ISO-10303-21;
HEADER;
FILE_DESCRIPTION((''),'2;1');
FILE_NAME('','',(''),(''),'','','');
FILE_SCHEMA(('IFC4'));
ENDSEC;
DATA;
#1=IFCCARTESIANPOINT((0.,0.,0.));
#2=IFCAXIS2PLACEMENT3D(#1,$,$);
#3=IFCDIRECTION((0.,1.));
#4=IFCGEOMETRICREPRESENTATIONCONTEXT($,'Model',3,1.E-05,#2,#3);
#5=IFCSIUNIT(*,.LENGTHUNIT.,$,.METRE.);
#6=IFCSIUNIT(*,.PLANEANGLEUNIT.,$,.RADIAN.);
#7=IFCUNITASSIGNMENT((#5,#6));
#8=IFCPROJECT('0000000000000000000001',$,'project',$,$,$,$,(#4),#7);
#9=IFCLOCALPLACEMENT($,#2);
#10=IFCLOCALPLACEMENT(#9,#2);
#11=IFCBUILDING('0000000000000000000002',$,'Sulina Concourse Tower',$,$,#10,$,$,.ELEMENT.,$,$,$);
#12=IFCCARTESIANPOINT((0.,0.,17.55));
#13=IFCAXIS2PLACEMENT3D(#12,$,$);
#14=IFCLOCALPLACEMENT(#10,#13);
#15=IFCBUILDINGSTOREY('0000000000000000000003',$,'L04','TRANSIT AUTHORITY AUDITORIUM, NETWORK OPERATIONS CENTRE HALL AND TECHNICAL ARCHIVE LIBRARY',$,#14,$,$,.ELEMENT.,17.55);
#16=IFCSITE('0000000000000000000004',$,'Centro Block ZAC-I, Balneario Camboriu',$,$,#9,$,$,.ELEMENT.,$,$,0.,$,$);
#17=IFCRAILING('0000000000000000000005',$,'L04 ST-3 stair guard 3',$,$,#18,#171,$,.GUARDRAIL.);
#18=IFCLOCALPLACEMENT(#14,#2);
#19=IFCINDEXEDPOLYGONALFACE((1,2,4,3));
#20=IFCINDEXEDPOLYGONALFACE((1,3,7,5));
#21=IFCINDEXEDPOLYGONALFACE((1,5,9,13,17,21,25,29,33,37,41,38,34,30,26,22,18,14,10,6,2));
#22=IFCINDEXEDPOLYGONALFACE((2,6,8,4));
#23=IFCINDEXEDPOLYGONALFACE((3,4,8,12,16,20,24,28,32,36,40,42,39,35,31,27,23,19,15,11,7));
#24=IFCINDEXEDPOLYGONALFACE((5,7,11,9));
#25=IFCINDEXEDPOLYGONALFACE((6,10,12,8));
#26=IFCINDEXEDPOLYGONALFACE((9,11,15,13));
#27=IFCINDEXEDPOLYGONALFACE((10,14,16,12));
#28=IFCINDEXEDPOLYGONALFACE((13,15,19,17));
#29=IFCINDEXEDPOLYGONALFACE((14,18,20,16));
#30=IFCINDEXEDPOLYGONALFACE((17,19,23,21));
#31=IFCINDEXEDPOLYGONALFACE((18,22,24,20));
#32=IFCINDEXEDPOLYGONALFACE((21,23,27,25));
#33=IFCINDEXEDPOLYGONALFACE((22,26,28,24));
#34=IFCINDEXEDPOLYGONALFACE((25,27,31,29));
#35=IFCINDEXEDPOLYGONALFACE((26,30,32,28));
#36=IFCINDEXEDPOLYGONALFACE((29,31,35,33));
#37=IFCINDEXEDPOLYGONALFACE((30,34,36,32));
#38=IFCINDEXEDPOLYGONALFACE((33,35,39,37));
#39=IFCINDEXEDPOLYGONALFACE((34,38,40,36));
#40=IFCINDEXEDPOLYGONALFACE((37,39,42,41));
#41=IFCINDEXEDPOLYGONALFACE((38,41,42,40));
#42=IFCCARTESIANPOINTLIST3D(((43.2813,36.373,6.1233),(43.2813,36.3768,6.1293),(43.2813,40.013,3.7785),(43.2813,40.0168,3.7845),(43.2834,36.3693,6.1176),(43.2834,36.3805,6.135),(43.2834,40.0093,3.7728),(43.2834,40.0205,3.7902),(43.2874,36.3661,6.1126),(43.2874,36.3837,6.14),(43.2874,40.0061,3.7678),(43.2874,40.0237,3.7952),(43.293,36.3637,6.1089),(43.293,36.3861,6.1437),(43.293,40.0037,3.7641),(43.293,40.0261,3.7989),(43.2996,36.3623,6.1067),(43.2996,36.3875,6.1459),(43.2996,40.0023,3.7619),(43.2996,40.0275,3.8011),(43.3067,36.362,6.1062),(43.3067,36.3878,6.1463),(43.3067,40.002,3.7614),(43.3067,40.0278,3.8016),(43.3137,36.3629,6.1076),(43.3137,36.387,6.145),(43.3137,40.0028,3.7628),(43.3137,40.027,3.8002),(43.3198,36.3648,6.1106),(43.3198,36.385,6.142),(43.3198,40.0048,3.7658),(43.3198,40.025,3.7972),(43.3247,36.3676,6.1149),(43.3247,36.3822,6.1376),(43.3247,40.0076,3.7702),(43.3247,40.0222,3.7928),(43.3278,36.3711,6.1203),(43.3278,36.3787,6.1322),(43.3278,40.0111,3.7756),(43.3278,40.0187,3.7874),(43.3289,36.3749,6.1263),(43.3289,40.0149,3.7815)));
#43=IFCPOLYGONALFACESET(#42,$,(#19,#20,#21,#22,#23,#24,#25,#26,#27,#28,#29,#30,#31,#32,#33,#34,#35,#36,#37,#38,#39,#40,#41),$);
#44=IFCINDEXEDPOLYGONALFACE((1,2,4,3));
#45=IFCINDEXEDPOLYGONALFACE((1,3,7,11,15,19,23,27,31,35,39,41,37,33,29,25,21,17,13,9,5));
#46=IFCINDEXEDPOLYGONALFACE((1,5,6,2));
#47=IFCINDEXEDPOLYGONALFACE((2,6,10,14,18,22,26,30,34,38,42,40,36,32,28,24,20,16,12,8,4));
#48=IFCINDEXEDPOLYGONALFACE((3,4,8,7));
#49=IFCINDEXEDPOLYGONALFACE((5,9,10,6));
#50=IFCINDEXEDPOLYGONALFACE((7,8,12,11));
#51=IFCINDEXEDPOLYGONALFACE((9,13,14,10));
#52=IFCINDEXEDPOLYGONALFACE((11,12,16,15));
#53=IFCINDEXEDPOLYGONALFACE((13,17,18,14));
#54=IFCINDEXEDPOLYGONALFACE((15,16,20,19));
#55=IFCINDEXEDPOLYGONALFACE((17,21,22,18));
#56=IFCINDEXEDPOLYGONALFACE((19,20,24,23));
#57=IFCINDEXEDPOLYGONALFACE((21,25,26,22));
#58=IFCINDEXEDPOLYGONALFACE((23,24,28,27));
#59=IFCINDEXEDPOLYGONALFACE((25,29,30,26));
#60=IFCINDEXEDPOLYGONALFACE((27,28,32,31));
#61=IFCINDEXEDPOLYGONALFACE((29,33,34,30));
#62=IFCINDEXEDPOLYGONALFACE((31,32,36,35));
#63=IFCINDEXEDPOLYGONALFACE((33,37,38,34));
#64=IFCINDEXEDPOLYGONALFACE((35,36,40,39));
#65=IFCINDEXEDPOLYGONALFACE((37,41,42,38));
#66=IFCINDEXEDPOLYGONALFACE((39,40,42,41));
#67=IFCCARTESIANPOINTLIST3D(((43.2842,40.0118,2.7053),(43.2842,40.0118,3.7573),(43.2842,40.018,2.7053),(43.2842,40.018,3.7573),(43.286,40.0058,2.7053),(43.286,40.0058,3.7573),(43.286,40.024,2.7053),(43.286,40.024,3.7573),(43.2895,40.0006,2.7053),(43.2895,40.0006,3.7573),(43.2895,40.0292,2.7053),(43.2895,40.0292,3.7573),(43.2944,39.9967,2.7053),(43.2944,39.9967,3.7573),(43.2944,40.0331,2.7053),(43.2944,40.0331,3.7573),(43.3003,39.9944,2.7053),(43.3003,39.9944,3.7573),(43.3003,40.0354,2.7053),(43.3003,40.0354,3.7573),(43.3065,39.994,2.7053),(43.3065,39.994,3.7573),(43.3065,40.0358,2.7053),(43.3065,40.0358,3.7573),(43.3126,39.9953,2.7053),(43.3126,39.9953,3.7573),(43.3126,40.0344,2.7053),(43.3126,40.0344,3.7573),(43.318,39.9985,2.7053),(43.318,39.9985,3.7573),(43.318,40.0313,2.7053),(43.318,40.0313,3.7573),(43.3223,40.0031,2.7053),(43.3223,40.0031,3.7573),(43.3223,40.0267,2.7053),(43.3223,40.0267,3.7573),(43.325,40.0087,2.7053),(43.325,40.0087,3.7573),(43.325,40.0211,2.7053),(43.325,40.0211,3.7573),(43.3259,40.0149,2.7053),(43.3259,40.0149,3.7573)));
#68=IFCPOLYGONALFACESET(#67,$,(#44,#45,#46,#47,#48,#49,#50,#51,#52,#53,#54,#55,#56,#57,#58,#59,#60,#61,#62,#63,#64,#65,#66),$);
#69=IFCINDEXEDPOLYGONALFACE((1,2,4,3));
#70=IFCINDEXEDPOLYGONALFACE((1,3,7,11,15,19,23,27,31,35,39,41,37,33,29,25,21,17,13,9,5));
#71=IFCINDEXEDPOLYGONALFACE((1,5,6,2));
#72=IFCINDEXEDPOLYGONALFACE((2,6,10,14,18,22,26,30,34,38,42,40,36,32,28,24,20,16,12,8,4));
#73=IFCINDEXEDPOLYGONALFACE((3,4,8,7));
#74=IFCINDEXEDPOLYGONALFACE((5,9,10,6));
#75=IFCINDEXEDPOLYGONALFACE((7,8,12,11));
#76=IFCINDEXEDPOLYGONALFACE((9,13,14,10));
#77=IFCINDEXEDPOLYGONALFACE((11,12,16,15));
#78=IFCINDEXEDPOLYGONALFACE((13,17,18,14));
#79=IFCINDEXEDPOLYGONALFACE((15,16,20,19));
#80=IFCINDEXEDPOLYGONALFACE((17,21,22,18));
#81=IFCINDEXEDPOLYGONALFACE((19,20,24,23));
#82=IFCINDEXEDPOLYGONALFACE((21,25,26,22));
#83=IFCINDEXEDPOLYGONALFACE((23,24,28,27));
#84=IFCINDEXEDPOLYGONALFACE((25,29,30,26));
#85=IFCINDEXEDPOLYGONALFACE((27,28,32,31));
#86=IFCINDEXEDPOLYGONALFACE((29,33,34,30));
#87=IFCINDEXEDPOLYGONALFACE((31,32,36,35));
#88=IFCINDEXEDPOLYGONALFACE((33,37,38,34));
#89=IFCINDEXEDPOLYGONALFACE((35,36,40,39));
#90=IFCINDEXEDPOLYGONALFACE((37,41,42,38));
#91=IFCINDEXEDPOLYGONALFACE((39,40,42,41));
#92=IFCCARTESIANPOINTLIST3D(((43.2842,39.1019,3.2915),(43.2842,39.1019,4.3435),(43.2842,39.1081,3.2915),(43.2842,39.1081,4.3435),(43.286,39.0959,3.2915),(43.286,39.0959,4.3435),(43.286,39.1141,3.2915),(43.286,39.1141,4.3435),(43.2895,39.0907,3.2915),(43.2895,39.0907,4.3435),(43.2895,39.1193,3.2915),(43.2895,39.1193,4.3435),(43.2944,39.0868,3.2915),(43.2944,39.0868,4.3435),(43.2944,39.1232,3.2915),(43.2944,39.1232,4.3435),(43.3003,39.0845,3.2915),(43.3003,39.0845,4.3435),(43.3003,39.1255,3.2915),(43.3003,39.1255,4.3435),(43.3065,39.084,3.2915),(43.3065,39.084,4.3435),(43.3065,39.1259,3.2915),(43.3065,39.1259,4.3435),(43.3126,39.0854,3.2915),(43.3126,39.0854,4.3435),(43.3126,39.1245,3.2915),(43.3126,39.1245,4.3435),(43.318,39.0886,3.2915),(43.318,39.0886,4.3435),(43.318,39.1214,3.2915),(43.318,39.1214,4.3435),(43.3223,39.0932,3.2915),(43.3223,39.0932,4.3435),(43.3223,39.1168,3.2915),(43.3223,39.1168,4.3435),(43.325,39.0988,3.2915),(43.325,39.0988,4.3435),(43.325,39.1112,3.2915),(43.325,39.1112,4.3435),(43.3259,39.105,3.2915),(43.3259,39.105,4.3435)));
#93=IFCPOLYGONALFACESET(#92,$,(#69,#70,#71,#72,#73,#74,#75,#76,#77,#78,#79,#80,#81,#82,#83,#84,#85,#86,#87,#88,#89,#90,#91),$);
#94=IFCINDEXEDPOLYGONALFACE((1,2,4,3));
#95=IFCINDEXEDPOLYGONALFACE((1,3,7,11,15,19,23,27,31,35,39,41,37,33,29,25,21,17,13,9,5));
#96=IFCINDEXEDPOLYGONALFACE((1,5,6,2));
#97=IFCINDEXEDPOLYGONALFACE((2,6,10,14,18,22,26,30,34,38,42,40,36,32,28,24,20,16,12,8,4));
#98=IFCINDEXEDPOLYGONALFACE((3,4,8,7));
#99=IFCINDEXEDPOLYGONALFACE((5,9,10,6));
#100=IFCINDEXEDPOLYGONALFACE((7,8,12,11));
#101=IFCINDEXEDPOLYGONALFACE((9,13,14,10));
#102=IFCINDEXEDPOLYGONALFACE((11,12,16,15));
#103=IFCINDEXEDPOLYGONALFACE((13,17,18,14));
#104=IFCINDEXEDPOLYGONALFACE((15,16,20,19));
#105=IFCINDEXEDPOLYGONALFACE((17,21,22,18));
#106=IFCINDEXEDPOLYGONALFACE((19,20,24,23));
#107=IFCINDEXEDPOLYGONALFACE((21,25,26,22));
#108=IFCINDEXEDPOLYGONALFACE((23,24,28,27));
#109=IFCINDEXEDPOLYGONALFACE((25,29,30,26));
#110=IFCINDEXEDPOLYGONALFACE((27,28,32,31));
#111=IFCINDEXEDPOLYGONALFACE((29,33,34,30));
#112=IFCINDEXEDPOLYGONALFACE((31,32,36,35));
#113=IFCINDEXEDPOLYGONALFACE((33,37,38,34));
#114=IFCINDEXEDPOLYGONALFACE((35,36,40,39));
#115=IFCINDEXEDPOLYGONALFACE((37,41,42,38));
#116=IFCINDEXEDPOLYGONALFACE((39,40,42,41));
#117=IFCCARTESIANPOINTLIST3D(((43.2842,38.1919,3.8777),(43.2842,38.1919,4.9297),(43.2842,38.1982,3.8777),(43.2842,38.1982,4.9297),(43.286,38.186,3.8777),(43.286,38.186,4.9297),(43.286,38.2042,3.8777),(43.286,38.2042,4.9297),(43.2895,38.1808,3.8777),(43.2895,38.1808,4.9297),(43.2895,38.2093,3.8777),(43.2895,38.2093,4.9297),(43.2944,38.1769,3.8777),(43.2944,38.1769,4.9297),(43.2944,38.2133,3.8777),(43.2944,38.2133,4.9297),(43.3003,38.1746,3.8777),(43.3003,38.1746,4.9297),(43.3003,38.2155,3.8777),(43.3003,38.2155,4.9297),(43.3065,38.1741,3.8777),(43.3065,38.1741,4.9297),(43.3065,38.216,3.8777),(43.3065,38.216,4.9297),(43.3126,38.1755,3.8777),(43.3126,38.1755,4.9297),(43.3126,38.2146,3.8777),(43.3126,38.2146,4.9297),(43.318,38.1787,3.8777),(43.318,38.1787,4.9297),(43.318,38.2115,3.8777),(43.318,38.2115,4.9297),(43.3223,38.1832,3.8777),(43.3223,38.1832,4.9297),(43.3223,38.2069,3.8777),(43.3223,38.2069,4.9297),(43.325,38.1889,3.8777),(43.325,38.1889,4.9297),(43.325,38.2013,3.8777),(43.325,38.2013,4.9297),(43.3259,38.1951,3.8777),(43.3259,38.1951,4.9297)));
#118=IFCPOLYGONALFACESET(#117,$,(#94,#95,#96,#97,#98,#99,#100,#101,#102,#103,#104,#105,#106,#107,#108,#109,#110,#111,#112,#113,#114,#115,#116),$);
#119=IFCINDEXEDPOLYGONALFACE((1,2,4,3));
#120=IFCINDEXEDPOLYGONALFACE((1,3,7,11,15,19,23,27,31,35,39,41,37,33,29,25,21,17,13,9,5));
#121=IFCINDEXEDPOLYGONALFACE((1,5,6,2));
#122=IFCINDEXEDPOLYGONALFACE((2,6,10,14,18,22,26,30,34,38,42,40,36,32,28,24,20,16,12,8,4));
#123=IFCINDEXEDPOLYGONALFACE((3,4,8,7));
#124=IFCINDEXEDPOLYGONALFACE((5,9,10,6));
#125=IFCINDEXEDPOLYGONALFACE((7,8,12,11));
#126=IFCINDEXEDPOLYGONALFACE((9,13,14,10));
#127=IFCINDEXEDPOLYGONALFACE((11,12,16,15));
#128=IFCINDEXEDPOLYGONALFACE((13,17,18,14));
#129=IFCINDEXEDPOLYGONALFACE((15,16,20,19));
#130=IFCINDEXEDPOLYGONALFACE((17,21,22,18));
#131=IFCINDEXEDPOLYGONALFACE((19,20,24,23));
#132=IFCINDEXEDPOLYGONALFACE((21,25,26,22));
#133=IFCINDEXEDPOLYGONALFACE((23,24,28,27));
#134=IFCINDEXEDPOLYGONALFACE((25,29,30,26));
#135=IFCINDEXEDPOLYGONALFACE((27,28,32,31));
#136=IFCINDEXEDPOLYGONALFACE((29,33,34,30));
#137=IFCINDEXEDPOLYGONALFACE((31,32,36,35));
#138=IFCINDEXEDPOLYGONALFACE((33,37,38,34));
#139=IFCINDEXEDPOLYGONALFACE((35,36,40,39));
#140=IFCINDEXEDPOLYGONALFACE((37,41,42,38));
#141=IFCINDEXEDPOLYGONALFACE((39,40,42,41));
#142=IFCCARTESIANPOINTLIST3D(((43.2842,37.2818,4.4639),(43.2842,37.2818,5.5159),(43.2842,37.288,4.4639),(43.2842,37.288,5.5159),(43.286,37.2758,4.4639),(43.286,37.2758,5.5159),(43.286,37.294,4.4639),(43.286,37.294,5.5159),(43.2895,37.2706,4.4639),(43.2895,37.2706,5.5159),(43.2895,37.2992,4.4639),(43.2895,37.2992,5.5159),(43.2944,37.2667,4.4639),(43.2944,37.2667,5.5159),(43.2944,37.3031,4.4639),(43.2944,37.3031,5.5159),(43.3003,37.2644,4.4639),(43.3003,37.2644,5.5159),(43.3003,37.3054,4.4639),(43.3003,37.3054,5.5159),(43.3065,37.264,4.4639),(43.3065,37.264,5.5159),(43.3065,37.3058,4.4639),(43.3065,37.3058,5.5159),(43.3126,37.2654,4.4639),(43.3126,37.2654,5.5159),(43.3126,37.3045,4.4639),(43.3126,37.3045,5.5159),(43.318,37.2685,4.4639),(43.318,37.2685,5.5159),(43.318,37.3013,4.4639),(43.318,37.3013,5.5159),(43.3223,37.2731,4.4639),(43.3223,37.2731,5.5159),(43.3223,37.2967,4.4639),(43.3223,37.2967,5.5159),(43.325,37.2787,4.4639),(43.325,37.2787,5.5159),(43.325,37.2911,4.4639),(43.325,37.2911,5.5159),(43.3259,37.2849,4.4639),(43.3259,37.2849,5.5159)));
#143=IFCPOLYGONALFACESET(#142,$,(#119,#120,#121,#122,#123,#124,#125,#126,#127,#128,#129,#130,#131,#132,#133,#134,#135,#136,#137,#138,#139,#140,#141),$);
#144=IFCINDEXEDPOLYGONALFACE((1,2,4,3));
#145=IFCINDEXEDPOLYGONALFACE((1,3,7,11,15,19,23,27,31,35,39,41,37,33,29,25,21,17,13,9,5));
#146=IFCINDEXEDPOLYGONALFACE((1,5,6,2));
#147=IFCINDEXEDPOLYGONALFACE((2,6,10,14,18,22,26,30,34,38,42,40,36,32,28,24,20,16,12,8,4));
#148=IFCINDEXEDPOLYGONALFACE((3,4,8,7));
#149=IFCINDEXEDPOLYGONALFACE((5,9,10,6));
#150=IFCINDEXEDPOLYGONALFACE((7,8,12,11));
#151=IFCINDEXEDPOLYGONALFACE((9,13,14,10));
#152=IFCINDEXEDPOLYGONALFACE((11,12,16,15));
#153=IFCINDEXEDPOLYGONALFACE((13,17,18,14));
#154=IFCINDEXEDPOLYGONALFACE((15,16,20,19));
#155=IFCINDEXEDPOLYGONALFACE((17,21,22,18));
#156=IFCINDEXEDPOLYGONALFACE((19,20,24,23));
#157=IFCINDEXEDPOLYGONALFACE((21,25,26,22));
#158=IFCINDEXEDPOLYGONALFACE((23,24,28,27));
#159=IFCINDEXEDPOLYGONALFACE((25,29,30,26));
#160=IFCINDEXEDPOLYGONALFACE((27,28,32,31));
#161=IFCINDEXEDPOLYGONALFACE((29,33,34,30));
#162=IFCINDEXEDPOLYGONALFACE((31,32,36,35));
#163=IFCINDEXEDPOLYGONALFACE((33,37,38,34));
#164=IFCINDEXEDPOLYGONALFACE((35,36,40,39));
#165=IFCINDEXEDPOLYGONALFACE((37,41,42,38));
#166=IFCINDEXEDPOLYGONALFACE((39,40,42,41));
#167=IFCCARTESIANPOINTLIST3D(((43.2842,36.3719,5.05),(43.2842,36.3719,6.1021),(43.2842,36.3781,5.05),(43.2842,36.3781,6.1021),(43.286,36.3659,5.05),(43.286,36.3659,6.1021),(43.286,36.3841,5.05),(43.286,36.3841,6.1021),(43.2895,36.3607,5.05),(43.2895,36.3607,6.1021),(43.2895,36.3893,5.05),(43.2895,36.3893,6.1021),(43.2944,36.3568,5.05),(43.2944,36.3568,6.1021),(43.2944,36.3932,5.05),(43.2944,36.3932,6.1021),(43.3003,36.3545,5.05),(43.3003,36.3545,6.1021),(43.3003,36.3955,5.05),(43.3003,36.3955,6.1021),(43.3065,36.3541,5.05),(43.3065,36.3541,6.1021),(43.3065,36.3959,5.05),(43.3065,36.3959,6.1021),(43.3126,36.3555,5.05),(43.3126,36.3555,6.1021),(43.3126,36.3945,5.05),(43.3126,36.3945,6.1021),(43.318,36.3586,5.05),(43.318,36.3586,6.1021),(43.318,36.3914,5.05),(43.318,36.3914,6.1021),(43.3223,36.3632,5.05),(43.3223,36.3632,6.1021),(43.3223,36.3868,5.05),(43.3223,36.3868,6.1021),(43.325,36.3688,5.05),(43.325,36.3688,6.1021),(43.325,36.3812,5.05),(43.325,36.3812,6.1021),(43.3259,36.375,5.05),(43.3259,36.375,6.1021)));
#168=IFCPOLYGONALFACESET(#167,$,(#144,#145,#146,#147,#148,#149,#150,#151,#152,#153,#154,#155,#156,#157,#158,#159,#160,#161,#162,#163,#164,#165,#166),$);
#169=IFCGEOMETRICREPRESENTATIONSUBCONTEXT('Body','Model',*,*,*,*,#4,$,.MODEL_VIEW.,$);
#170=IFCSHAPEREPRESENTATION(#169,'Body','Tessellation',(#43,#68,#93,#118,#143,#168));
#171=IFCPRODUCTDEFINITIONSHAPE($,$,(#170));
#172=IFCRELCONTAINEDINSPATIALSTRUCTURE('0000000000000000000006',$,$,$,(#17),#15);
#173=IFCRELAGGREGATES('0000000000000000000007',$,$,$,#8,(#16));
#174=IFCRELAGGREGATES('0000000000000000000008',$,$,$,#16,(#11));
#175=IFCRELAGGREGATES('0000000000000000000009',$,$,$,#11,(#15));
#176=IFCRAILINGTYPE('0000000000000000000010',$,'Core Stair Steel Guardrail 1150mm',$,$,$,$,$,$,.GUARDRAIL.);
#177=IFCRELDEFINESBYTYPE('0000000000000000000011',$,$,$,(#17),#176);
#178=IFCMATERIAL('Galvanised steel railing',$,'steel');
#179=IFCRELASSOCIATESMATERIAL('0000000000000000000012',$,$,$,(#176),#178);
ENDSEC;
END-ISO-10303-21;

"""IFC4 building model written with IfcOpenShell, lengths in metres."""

from ifc_helpers import new_model, si_unit, direction, frame, origin, origin_2d, place, context, subcontext, project, spatial, circle, extrude, material, type_object, element, save


model = new_model("IFC4")

# Units and contexts
model_context = context("Model", 3, precision=1e-05, world=origin(), true_north=direction((0.0, 1.0)))
body_context = subcontext(model_context, "Body", "Model", "MODEL_VIEW")
ifc_project = project(units=[si_unit("LENGTHUNIT", "METRE"), si_unit("PLANEANGLEUNIT", "RADIAN")], contexts=[model_context])

# Site, building, storey
site_placement = place(None, origin())
site = spatial("IfcSite", under=ifc_project, at=site_placement, Name="Centro Block ZAC-I, Balneario Camboriu", CompositionType="ELEMENT", RefElevation=0.0)
building_placement = place(site_placement, origin())
building = spatial("IfcBuilding", under=site, at=building_placement, Name="Sulina Concourse Tower", CompositionType="ELEMENT")
storey_placement = place(building_placement, frame((0.0, 0.0, 17.55)))
storey = spatial("IfcBuildingStorey", under=building, at=storey_placement, Name="L04", Description="TRANSIT AUTHORITY AUDITORIUM, NETWORK OPERATIONS CENTRE HALL AND TECHNICAL ARCHIVE LIBRARY", CompositionType="ELEMENT", Elevation=17.55)

# Railing
ifc_material_1 = material(Name="Galvanised steel railing", Category="steel")
railing_type_1 = type_object("IfcRailingType", Name="Core Stair Steel Guardrail 1150mm", PredefinedType="GUARDRAIL", material=ifc_material_1)
railing_1_placement = place(storey_placement, frame((43.3049, 40.0149, 2.7053)))
element("IfcRailing", 1, at=railing_1_placement, inside=storey, type_object=railing_type_1, Name="L04 ST-3 stair guard 3", PredefinedType="GUARDRAIL", context=body_context, shape_type="SweptSolid", body=[
    extrude(circle(Radius=0.0239, at=origin_2d()), frame((0.0, 0.0, 1.0762), z_axis=(0.0, -0.840674, 0.541541), x_axis=(1.0, 0.0, 0.0)), (0.0, 0.0, 1.0), 4.3298),
    extrude(circle(Radius=0.021, at=origin_2d()), origin(), (0.0, 0.0, 1.0), 1.052),
    extrude(circle(Radius=0.021, at=origin_2d()), frame((0.0, -0.9099, 0.5862)), (0.0, 0.0, 1.0), 1.052),
    extrude(circle(Radius=0.021, at=origin_2d()), frame((0.0, -1.8198, 1.1724)), (0.0, 0.0, 1.0), 1.052),
    extrude(circle(Radius=0.021, at=origin_2d()), frame((0.0, -2.73, 1.7585)), (0.0, 0.0, 1.0), 1.052),
    extrude(circle(Radius=0.021, at=origin_2d()), frame((0.0, -3.6399, 2.3447)), (0.0, 0.0, 1.0), 1.052),
])

save(model, "model.ifc")
